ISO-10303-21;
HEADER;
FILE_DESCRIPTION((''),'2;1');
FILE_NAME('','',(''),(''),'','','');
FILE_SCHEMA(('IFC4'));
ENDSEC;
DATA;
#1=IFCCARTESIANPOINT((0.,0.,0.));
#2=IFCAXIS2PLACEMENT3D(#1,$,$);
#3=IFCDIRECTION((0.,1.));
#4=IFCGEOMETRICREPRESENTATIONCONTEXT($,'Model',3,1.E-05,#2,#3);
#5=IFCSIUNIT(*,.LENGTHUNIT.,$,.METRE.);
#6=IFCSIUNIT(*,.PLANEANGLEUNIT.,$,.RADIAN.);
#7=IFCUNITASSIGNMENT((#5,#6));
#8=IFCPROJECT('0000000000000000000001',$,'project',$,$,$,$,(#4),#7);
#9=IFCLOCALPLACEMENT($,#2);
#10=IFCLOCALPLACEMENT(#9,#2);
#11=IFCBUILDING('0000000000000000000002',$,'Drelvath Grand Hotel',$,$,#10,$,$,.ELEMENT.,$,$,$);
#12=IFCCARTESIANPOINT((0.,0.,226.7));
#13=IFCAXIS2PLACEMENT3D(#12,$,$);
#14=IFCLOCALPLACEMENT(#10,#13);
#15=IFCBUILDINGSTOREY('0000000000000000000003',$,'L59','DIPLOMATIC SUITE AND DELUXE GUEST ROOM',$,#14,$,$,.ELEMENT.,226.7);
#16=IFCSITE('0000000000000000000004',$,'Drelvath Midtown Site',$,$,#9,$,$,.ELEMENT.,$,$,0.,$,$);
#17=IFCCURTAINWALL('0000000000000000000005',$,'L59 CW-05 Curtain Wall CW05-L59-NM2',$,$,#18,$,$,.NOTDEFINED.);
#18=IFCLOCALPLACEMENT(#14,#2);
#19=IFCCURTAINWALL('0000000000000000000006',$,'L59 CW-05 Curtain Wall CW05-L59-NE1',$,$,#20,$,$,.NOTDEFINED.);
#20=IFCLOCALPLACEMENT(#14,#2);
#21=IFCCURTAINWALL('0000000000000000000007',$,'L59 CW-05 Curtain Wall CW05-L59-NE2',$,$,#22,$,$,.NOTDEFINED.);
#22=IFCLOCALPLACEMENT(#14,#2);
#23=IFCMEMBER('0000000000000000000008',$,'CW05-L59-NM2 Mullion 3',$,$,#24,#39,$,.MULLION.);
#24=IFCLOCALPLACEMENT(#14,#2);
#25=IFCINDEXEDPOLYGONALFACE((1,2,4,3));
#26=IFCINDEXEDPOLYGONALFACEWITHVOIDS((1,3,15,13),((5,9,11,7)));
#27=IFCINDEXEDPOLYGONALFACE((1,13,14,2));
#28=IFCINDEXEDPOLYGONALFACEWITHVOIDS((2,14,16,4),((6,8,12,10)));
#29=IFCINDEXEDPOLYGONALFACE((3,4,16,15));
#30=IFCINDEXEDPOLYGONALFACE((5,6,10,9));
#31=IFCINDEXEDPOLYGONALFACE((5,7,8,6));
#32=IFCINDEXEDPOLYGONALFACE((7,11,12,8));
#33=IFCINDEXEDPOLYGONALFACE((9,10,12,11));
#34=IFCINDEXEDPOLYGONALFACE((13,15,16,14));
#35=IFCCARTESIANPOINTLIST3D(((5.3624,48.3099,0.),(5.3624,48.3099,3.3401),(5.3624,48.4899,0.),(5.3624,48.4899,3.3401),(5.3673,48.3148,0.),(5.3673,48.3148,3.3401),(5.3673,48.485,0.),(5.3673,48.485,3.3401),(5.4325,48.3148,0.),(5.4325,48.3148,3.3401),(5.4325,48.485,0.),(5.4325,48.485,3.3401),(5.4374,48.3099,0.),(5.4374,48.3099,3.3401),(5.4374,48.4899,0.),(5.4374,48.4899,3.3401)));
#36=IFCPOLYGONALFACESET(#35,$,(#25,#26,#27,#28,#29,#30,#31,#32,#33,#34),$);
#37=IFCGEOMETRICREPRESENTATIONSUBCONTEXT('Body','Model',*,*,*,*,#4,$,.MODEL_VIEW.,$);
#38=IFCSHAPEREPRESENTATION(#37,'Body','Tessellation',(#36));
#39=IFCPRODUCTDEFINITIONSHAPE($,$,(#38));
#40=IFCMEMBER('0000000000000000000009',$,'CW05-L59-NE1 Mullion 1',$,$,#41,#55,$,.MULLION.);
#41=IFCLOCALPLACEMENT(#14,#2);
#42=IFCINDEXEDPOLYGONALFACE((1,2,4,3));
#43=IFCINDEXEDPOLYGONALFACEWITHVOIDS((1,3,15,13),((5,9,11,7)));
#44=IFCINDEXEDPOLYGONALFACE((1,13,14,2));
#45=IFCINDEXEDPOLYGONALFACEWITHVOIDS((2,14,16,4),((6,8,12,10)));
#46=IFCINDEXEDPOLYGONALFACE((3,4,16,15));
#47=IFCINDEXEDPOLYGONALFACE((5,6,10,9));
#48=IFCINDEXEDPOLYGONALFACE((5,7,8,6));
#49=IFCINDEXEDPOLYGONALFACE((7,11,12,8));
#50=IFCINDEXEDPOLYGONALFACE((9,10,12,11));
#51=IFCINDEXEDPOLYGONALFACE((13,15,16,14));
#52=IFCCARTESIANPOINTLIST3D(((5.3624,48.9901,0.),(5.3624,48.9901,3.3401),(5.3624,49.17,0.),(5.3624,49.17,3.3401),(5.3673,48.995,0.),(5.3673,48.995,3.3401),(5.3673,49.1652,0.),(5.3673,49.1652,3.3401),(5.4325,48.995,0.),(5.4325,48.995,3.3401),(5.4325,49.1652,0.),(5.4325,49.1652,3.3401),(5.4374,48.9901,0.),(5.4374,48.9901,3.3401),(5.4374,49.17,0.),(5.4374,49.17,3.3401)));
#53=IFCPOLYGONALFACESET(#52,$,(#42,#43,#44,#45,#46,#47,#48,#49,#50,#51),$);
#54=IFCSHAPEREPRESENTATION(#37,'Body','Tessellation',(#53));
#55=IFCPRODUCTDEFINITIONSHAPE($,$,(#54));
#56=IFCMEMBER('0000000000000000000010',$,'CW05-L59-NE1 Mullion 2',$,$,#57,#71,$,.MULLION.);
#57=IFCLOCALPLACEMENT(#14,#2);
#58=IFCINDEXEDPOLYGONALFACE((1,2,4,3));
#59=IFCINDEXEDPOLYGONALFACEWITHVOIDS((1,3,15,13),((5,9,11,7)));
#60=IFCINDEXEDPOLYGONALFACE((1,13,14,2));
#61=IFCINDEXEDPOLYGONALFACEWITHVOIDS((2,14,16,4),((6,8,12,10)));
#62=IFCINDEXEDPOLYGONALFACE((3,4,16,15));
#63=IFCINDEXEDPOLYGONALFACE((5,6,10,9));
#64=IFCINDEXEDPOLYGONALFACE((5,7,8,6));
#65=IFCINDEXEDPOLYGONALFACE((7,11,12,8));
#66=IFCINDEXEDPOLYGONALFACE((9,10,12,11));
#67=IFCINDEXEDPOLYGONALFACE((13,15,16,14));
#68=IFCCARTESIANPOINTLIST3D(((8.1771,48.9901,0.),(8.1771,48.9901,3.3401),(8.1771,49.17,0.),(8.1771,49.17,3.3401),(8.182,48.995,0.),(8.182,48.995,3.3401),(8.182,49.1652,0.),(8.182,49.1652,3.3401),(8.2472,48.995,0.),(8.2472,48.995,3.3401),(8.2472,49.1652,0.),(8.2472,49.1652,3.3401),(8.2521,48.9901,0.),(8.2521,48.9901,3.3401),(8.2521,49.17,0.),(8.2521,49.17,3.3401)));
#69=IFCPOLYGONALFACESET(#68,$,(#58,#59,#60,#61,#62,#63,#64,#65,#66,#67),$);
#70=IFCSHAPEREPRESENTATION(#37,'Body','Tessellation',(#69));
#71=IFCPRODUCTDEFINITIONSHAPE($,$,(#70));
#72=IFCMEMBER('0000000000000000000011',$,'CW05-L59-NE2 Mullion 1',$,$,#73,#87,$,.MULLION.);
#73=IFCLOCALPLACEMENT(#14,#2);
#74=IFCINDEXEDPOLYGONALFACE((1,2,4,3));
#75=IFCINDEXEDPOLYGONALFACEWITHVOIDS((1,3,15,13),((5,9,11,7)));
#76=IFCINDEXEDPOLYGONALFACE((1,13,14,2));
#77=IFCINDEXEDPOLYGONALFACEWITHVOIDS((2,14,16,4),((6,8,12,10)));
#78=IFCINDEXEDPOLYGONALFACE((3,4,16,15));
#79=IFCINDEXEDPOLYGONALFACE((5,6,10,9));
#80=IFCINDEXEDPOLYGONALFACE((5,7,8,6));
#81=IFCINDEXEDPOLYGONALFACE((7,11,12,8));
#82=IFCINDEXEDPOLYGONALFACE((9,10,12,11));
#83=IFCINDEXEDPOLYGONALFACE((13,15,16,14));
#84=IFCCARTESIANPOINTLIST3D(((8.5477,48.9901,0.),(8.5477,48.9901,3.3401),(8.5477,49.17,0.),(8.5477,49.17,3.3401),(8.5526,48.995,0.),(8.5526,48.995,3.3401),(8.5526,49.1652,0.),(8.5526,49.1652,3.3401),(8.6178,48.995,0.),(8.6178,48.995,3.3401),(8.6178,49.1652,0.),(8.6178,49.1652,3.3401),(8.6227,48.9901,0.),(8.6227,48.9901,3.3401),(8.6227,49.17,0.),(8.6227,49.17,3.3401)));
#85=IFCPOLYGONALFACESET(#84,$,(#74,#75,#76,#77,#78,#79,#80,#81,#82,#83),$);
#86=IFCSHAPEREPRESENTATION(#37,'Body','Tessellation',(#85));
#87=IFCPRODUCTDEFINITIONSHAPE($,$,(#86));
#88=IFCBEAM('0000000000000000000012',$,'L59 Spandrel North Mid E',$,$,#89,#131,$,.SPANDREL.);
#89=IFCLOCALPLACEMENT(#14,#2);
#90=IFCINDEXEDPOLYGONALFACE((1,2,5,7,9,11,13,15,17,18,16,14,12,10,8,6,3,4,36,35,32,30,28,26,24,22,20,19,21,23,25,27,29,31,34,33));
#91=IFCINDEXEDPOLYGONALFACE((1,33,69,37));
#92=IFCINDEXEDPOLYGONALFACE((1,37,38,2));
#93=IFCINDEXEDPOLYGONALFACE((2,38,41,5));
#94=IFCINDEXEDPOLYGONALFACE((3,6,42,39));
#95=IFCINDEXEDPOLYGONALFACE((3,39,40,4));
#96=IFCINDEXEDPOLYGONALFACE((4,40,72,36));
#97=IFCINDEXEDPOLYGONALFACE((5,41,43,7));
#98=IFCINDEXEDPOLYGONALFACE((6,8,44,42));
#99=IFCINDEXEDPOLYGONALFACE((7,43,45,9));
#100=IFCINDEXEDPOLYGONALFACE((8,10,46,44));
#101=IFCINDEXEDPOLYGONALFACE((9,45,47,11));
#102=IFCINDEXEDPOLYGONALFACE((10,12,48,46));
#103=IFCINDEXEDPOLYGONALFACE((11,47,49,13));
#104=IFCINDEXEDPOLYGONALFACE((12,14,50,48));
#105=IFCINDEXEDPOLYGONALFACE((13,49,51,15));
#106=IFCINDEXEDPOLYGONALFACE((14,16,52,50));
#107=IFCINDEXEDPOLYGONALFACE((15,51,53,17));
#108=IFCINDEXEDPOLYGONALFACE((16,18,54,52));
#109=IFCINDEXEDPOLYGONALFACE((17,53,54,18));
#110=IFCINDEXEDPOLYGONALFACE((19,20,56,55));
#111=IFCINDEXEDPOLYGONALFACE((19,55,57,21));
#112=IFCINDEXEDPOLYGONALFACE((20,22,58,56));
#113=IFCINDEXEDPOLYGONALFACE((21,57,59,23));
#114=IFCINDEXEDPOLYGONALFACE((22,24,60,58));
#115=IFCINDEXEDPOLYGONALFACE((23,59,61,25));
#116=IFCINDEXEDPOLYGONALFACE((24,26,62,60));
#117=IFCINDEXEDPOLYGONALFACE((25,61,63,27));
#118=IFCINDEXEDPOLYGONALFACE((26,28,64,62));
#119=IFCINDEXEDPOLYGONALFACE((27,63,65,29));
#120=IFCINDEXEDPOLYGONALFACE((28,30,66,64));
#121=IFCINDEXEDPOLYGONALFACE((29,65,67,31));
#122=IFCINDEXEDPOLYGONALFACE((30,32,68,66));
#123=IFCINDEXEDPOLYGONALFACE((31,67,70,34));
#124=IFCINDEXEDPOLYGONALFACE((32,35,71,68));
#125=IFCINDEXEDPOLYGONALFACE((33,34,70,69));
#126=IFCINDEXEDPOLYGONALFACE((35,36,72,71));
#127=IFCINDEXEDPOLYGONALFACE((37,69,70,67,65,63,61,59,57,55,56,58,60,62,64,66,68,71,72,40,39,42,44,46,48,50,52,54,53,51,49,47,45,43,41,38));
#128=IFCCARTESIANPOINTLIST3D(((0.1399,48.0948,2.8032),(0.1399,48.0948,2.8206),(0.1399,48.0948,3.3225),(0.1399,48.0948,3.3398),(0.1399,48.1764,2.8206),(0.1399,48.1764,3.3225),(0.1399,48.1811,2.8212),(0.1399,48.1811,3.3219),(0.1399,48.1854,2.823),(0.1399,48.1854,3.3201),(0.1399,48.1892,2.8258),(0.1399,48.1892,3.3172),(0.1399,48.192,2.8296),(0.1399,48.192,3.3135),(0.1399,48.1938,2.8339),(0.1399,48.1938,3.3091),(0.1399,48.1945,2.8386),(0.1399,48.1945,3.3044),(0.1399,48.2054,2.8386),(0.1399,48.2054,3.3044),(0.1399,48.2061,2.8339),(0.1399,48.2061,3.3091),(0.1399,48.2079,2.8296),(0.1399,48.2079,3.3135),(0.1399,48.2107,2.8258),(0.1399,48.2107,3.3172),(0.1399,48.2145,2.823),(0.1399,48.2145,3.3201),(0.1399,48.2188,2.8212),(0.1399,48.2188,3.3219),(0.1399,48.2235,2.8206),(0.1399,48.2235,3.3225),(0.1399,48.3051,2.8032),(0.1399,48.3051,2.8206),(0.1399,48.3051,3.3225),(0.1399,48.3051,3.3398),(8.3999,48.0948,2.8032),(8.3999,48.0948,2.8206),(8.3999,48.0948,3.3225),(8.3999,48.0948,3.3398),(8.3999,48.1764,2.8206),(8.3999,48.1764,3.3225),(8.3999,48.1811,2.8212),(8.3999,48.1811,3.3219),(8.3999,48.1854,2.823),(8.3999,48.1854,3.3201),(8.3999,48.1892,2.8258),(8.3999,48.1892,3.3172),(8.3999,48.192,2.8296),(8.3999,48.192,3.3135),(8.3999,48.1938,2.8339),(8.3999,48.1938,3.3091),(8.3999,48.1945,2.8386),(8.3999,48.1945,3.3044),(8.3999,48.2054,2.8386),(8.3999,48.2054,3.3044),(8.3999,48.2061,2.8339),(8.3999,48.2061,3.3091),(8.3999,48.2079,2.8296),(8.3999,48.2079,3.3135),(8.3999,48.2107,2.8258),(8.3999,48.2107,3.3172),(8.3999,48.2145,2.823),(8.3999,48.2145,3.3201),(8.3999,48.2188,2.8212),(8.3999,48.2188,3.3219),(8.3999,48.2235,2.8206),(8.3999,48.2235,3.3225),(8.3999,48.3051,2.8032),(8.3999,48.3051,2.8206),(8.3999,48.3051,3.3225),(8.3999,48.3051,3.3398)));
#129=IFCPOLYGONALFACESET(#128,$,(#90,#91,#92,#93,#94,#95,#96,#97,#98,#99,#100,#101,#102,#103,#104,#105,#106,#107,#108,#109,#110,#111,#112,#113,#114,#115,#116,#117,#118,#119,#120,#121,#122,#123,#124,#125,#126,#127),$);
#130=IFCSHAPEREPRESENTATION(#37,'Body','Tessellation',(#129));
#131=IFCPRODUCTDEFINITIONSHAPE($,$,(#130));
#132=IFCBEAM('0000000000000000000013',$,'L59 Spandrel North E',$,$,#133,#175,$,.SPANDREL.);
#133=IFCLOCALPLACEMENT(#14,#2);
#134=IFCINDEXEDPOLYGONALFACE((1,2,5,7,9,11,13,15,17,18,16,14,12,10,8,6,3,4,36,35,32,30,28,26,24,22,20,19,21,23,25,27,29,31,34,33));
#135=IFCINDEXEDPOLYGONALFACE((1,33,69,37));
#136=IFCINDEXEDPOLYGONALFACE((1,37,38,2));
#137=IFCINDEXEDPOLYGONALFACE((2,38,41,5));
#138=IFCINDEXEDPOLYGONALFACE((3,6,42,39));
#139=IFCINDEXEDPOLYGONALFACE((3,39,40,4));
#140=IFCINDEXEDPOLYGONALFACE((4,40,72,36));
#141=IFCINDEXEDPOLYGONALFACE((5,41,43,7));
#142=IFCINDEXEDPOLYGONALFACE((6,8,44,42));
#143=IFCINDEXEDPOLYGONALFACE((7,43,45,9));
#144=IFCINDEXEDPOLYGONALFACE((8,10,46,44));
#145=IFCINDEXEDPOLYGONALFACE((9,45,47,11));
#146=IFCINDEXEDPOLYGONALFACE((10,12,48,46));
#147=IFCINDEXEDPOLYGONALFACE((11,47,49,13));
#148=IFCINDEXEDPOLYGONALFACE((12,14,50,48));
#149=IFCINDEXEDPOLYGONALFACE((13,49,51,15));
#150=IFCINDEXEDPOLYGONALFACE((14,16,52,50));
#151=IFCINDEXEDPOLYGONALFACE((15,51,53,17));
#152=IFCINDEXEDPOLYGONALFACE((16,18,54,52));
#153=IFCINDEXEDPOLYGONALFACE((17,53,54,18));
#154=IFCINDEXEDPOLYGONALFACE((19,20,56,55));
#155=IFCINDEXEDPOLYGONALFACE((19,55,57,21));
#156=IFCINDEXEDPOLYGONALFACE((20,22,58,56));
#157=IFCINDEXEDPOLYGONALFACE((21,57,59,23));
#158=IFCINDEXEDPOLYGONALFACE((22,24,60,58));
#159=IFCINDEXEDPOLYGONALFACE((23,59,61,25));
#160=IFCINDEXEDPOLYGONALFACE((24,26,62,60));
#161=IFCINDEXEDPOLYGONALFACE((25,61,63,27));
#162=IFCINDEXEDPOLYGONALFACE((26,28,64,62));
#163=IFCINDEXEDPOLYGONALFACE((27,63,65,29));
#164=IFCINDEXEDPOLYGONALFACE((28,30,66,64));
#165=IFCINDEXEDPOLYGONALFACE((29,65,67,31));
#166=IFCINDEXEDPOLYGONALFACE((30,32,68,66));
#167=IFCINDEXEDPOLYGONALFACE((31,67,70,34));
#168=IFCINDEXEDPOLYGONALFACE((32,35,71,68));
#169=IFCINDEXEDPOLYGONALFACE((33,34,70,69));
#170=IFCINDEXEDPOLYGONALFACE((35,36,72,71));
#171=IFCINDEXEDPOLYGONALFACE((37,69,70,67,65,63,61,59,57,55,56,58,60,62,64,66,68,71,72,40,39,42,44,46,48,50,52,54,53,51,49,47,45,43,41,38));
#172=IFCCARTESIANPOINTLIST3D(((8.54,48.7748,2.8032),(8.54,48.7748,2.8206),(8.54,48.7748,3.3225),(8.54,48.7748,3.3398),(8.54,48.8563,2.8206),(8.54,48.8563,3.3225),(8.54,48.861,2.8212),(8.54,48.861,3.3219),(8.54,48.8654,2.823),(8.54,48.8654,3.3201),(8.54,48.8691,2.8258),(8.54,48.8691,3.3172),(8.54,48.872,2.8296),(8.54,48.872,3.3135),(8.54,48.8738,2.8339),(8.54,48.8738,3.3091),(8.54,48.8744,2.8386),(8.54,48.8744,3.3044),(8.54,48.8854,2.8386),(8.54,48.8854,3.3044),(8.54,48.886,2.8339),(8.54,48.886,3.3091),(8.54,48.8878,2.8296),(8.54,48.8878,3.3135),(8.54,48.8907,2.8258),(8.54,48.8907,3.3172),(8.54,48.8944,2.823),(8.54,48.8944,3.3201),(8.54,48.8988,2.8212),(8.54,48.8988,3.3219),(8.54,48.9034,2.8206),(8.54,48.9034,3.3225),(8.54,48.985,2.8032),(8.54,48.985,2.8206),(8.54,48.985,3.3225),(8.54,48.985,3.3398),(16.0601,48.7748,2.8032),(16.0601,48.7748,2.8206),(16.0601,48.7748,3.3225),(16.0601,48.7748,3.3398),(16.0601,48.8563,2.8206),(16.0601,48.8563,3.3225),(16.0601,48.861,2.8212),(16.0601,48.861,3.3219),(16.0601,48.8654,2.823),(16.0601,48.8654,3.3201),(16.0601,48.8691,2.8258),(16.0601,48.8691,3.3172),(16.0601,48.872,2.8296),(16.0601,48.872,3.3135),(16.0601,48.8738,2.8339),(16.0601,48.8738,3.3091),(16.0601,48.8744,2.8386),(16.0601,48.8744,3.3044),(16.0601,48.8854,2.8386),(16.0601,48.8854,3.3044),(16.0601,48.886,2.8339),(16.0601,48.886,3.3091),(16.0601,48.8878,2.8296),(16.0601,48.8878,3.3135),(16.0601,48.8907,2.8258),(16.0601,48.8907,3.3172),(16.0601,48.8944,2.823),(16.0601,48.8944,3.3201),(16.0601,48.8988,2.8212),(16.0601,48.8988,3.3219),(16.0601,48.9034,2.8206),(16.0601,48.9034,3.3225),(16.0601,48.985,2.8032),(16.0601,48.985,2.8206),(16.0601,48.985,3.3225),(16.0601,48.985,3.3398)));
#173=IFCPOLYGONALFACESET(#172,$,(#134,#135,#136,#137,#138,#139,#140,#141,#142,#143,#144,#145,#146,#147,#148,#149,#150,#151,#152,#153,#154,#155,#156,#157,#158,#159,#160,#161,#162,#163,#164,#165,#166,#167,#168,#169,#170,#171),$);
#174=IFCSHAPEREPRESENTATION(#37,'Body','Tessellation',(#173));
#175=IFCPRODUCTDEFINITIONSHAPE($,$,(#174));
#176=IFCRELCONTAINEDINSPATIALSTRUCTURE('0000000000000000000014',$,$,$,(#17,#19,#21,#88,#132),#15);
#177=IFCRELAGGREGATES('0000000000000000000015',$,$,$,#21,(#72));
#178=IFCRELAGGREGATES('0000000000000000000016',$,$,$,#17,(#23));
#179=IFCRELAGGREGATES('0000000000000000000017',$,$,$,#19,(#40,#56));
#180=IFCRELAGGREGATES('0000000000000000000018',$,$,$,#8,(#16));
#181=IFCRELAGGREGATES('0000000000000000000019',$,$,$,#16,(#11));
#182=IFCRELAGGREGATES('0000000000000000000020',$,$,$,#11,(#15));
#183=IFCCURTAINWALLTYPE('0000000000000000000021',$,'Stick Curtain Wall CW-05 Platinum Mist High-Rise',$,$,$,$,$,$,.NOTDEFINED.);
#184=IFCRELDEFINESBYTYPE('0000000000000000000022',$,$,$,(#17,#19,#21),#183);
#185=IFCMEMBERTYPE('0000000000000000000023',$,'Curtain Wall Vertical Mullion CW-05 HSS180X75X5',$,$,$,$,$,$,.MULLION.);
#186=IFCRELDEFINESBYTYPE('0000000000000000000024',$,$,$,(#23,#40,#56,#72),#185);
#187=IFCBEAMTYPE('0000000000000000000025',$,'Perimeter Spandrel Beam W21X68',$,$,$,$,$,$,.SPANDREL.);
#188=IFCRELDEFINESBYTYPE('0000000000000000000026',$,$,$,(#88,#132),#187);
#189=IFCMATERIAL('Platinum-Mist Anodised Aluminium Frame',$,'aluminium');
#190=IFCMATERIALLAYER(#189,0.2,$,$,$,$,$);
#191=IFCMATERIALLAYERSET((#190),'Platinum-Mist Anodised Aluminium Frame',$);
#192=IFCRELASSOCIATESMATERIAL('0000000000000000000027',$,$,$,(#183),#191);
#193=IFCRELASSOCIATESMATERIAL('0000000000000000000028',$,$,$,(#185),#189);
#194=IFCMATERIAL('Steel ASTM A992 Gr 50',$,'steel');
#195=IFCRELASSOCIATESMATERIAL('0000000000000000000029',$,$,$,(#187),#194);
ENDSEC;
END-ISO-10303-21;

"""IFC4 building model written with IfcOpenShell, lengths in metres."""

from ifc_helpers import new_model, si_unit, direction, frame, origin, origin_2d, place, context, subcontext, project, spatial, hollow_rectangle, i_section, extrude, material, layer, layer_set, material_profile, profile_set, type_object, element, aggregate, save


model = new_model("IFC4")

# Units and contexts
model_context = context("Model", 3, precision=1e-05, world=origin(), true_north=direction((0.0, 1.0)))
body_context = subcontext(model_context, "Body", "Model", "MODEL_VIEW")
ifc_project = project(units=[si_unit("LENGTHUNIT", "METRE"), si_unit("PLANEANGLEUNIT", "RADIAN")], contexts=[model_context])

# Site, building, storey
site_placement = place(None, origin())
site = spatial("IfcSite", under=ifc_project, at=site_placement, Name="Drelvath Midtown Site", CompositionType="ELEMENT", RefElevation=0.0)
building_placement = place(site_placement, origin())
building = spatial("IfcBuilding", under=site, at=building_placement, Name="Drelvath Grand Hotel", CompositionType="ELEMENT")
storey_placement = place(building_placement, frame((0.0, 0.0, 226.7)))
storey = spatial("IfcBuildingStorey", under=building, at=storey_placement, Name="L59", Description="DIPLOMATIC SUITE AND DELUXE GUEST ROOM", CompositionType="ELEMENT", Elevation=226.7)

# Curtain walls
ifc_material_1 = material(Name="Platinum-Mist Anodised Aluminium Frame", Category="aluminium")
ifc_layer_1 = layer(ifc_material_1, 0.2)
ifc_layer_set_1 = layer_set([ifc_layer_1], Name="Platinum-Mist Anodised Aluminium Frame")
curtain_wall_type = type_object("IfcCurtainWallType", Name="Stick Curtain Wall CW-05 Platinum Mist High-Rise", PredefinedType="NOTDEFINED", material=ifc_layer_set_1)
curtain_wall_1_placement = place(storey_placement, origin())
curtain_wall_1 = element("IfcCurtainWall", 1, at=curtain_wall_1_placement, inside=storey, type_object=curtain_wall_type, Name="L59 CW-05 Curtain Wall CW05-L59-NM2", PredefinedType="NOTDEFINED")
curtain_wall_2_placement = place(storey_placement, origin())
curtain_wall_2 = element("IfcCurtainWall", 2, at=curtain_wall_2_placement, inside=storey, type_object=curtain_wall_type, Name="L59 CW-05 Curtain Wall CW05-L59-NE1", PredefinedType="NOTDEFINED")
curtain_wall_3_placement = place(storey_placement, origin())
curtain_wall_3 = element("IfcCurtainWall", 3, at=curtain_wall_3_placement, inside=storey, type_object=curtain_wall_type, Name="L59 CW-05 Curtain Wall CW05-L59-NE2", PredefinedType="NOTDEFINED")

# Members
ifc_material_profile_1 = material_profile(ifc_material_1, hollow_rectangle(XDim=0.075, YDim=0.1799, WallThickness=0.0049, at=origin_2d()), Name="HSS180X75X5")
ifc_profile_set_1 = profile_set([ifc_material_profile_1], Name="Platinum-Mist Anodised Aluminium Frame")
member_type_1 = type_object("IfcMemberType", Name="Curtain Wall Vertical Mullion CW-05 HSS180X75X5", PredefinedType="MULLION", material=ifc_profile_set_1)
member_1_placement = place(storey_placement, frame((5.3999, 48.3999, 0.0), z_axis=(0.0, 0.0, 1.0), x_axis=(1.0, 0.0, 0.0)))
member_1 = element("IfcMember", 4, at=member_1_placement, type_object=member_type_1, Name="CW05-L59-NM2 Mullion 3", PredefinedType="MULLION", context=body_context, shape_type="SweptSolid", body=[
    extrude(hollow_rectangle(XDim=0.075, YDim=0.1799, WallThickness=0.0049, at=origin_2d()), origin(), (0.0, 0.0, 1.0), 3.3401),
])
member_2_placement = place(storey_placement, frame((5.3999, 49.0801, 0.0), z_axis=(0.0, 0.0, 1.0), x_axis=(1.0, 0.0, 0.0)))
member_2 = element("IfcMember", 5, at=member_2_placement, type_object=member_type_1, Name="CW05-L59-NE1 Mullion 1", PredefinedType="MULLION", context=body_context, shape_type="SweptSolid", body=[
    extrude(hollow_rectangle(XDim=0.075, YDim=0.1799, WallThickness=0.0049, at=origin_2d()), origin(), (0.0, 0.0, 1.0), 3.3401),
])
member_3_placement = place(storey_placement, frame((8.2146, 49.0801, 0.0), z_axis=(0.0, 0.0, 1.0), x_axis=(1.0, 0.0, 0.0)))
member_3 = element("IfcMember", 6, at=member_3_placement, type_object=member_type_1, Name="CW05-L59-NE1 Mullion 2", PredefinedType="MULLION", context=body_context, shape_type="SweptSolid", body=[
    extrude(hollow_rectangle(XDim=0.075, YDim=0.1799, WallThickness=0.0049, at=origin_2d()), origin(), (0.0, 0.0, 1.0), 3.3401),
])
member_4_placement = place(storey_placement, frame((8.5852, 49.0801, 0.0), z_axis=(0.0, 0.0, 1.0), x_axis=(1.0, 0.0, 0.0)))
member_4 = element("IfcMember", 7, at=member_4_placement, type_object=member_type_1, Name="CW05-L59-NE2 Mullion 1", PredefinedType="MULLION", context=body_context, shape_type="SweptSolid", body=[
    extrude(hollow_rectangle(XDim=0.075, YDim=0.1799, WallThickness=0.0049, at=origin_2d()), origin(), (0.0, 0.0, 1.0), 3.3401),
])
aggregate(curtain_wall_3, [member_4])

# Beams
ifc_material_2 = material(Name="Steel ASTM A992 Gr 50", Category="steel")
ifc_material_profile_2 = material_profile(ifc_material_2, i_section(OverallWidth=0.2102, OverallDepth=0.5366, WebThickness=0.011, FlangeThickness=0.0173, FilletRadius=0.0181, at=origin_2d()), Name="W21X68")
ifc_profile_set_2 = profile_set([ifc_material_profile_2], Name="Steel ASTM A992 Gr 50")
beam_type_1 = type_object("IfcBeamType", Name="Perimeter Spandrel Beam W21X68", PredefinedType="SPANDREL", material=ifc_profile_set_2)
beam_1_placement = place(storey_placement, frame((0.1399, 48.2, 3.0715), z_axis=(1.0, 0.0, 0.0), x_axis=(0.0, 1.0, 0.0)))
element("IfcBeam", 8, at=beam_1_placement, inside=storey, type_object=beam_type_1, Name="L59 Spandrel North Mid E", PredefinedType="SPANDREL", context=body_context, shape_type="SweptSolid", body=[
    extrude(i_section(OverallWidth=0.2102, OverallDepth=0.5366, WebThickness=0.011, FlangeThickness=0.0173, FilletRadius=0.0181, at=origin_2d()), origin(), (0.0, 0.0, 1.0), 8.26),
])
beam_2_placement = place(storey_placement, frame((8.54, 48.8799, 3.0715), z_axis=(1.0, 0.0, 0.0), x_axis=(0.0, 1.0, 0.0)))
element("IfcBeam", 9, at=beam_2_placement, inside=storey, type_object=beam_type_1, Name="L59 Spandrel North E", PredefinedType="SPANDREL", context=body_context, shape_type="SweptSolid", body=[
    extrude(i_section(OverallWidth=0.2102, OverallDepth=0.5366, WebThickness=0.011, FlangeThickness=0.0173, FilletRadius=0.0181, at=origin_2d()), origin(), (0.0, 0.0, 1.0), 7.52),
])

aggregate(curtain_wall_1, [member_1])
aggregate(curtain_wall_2, [member_2, member_3])

save(model, "model.ifc")
